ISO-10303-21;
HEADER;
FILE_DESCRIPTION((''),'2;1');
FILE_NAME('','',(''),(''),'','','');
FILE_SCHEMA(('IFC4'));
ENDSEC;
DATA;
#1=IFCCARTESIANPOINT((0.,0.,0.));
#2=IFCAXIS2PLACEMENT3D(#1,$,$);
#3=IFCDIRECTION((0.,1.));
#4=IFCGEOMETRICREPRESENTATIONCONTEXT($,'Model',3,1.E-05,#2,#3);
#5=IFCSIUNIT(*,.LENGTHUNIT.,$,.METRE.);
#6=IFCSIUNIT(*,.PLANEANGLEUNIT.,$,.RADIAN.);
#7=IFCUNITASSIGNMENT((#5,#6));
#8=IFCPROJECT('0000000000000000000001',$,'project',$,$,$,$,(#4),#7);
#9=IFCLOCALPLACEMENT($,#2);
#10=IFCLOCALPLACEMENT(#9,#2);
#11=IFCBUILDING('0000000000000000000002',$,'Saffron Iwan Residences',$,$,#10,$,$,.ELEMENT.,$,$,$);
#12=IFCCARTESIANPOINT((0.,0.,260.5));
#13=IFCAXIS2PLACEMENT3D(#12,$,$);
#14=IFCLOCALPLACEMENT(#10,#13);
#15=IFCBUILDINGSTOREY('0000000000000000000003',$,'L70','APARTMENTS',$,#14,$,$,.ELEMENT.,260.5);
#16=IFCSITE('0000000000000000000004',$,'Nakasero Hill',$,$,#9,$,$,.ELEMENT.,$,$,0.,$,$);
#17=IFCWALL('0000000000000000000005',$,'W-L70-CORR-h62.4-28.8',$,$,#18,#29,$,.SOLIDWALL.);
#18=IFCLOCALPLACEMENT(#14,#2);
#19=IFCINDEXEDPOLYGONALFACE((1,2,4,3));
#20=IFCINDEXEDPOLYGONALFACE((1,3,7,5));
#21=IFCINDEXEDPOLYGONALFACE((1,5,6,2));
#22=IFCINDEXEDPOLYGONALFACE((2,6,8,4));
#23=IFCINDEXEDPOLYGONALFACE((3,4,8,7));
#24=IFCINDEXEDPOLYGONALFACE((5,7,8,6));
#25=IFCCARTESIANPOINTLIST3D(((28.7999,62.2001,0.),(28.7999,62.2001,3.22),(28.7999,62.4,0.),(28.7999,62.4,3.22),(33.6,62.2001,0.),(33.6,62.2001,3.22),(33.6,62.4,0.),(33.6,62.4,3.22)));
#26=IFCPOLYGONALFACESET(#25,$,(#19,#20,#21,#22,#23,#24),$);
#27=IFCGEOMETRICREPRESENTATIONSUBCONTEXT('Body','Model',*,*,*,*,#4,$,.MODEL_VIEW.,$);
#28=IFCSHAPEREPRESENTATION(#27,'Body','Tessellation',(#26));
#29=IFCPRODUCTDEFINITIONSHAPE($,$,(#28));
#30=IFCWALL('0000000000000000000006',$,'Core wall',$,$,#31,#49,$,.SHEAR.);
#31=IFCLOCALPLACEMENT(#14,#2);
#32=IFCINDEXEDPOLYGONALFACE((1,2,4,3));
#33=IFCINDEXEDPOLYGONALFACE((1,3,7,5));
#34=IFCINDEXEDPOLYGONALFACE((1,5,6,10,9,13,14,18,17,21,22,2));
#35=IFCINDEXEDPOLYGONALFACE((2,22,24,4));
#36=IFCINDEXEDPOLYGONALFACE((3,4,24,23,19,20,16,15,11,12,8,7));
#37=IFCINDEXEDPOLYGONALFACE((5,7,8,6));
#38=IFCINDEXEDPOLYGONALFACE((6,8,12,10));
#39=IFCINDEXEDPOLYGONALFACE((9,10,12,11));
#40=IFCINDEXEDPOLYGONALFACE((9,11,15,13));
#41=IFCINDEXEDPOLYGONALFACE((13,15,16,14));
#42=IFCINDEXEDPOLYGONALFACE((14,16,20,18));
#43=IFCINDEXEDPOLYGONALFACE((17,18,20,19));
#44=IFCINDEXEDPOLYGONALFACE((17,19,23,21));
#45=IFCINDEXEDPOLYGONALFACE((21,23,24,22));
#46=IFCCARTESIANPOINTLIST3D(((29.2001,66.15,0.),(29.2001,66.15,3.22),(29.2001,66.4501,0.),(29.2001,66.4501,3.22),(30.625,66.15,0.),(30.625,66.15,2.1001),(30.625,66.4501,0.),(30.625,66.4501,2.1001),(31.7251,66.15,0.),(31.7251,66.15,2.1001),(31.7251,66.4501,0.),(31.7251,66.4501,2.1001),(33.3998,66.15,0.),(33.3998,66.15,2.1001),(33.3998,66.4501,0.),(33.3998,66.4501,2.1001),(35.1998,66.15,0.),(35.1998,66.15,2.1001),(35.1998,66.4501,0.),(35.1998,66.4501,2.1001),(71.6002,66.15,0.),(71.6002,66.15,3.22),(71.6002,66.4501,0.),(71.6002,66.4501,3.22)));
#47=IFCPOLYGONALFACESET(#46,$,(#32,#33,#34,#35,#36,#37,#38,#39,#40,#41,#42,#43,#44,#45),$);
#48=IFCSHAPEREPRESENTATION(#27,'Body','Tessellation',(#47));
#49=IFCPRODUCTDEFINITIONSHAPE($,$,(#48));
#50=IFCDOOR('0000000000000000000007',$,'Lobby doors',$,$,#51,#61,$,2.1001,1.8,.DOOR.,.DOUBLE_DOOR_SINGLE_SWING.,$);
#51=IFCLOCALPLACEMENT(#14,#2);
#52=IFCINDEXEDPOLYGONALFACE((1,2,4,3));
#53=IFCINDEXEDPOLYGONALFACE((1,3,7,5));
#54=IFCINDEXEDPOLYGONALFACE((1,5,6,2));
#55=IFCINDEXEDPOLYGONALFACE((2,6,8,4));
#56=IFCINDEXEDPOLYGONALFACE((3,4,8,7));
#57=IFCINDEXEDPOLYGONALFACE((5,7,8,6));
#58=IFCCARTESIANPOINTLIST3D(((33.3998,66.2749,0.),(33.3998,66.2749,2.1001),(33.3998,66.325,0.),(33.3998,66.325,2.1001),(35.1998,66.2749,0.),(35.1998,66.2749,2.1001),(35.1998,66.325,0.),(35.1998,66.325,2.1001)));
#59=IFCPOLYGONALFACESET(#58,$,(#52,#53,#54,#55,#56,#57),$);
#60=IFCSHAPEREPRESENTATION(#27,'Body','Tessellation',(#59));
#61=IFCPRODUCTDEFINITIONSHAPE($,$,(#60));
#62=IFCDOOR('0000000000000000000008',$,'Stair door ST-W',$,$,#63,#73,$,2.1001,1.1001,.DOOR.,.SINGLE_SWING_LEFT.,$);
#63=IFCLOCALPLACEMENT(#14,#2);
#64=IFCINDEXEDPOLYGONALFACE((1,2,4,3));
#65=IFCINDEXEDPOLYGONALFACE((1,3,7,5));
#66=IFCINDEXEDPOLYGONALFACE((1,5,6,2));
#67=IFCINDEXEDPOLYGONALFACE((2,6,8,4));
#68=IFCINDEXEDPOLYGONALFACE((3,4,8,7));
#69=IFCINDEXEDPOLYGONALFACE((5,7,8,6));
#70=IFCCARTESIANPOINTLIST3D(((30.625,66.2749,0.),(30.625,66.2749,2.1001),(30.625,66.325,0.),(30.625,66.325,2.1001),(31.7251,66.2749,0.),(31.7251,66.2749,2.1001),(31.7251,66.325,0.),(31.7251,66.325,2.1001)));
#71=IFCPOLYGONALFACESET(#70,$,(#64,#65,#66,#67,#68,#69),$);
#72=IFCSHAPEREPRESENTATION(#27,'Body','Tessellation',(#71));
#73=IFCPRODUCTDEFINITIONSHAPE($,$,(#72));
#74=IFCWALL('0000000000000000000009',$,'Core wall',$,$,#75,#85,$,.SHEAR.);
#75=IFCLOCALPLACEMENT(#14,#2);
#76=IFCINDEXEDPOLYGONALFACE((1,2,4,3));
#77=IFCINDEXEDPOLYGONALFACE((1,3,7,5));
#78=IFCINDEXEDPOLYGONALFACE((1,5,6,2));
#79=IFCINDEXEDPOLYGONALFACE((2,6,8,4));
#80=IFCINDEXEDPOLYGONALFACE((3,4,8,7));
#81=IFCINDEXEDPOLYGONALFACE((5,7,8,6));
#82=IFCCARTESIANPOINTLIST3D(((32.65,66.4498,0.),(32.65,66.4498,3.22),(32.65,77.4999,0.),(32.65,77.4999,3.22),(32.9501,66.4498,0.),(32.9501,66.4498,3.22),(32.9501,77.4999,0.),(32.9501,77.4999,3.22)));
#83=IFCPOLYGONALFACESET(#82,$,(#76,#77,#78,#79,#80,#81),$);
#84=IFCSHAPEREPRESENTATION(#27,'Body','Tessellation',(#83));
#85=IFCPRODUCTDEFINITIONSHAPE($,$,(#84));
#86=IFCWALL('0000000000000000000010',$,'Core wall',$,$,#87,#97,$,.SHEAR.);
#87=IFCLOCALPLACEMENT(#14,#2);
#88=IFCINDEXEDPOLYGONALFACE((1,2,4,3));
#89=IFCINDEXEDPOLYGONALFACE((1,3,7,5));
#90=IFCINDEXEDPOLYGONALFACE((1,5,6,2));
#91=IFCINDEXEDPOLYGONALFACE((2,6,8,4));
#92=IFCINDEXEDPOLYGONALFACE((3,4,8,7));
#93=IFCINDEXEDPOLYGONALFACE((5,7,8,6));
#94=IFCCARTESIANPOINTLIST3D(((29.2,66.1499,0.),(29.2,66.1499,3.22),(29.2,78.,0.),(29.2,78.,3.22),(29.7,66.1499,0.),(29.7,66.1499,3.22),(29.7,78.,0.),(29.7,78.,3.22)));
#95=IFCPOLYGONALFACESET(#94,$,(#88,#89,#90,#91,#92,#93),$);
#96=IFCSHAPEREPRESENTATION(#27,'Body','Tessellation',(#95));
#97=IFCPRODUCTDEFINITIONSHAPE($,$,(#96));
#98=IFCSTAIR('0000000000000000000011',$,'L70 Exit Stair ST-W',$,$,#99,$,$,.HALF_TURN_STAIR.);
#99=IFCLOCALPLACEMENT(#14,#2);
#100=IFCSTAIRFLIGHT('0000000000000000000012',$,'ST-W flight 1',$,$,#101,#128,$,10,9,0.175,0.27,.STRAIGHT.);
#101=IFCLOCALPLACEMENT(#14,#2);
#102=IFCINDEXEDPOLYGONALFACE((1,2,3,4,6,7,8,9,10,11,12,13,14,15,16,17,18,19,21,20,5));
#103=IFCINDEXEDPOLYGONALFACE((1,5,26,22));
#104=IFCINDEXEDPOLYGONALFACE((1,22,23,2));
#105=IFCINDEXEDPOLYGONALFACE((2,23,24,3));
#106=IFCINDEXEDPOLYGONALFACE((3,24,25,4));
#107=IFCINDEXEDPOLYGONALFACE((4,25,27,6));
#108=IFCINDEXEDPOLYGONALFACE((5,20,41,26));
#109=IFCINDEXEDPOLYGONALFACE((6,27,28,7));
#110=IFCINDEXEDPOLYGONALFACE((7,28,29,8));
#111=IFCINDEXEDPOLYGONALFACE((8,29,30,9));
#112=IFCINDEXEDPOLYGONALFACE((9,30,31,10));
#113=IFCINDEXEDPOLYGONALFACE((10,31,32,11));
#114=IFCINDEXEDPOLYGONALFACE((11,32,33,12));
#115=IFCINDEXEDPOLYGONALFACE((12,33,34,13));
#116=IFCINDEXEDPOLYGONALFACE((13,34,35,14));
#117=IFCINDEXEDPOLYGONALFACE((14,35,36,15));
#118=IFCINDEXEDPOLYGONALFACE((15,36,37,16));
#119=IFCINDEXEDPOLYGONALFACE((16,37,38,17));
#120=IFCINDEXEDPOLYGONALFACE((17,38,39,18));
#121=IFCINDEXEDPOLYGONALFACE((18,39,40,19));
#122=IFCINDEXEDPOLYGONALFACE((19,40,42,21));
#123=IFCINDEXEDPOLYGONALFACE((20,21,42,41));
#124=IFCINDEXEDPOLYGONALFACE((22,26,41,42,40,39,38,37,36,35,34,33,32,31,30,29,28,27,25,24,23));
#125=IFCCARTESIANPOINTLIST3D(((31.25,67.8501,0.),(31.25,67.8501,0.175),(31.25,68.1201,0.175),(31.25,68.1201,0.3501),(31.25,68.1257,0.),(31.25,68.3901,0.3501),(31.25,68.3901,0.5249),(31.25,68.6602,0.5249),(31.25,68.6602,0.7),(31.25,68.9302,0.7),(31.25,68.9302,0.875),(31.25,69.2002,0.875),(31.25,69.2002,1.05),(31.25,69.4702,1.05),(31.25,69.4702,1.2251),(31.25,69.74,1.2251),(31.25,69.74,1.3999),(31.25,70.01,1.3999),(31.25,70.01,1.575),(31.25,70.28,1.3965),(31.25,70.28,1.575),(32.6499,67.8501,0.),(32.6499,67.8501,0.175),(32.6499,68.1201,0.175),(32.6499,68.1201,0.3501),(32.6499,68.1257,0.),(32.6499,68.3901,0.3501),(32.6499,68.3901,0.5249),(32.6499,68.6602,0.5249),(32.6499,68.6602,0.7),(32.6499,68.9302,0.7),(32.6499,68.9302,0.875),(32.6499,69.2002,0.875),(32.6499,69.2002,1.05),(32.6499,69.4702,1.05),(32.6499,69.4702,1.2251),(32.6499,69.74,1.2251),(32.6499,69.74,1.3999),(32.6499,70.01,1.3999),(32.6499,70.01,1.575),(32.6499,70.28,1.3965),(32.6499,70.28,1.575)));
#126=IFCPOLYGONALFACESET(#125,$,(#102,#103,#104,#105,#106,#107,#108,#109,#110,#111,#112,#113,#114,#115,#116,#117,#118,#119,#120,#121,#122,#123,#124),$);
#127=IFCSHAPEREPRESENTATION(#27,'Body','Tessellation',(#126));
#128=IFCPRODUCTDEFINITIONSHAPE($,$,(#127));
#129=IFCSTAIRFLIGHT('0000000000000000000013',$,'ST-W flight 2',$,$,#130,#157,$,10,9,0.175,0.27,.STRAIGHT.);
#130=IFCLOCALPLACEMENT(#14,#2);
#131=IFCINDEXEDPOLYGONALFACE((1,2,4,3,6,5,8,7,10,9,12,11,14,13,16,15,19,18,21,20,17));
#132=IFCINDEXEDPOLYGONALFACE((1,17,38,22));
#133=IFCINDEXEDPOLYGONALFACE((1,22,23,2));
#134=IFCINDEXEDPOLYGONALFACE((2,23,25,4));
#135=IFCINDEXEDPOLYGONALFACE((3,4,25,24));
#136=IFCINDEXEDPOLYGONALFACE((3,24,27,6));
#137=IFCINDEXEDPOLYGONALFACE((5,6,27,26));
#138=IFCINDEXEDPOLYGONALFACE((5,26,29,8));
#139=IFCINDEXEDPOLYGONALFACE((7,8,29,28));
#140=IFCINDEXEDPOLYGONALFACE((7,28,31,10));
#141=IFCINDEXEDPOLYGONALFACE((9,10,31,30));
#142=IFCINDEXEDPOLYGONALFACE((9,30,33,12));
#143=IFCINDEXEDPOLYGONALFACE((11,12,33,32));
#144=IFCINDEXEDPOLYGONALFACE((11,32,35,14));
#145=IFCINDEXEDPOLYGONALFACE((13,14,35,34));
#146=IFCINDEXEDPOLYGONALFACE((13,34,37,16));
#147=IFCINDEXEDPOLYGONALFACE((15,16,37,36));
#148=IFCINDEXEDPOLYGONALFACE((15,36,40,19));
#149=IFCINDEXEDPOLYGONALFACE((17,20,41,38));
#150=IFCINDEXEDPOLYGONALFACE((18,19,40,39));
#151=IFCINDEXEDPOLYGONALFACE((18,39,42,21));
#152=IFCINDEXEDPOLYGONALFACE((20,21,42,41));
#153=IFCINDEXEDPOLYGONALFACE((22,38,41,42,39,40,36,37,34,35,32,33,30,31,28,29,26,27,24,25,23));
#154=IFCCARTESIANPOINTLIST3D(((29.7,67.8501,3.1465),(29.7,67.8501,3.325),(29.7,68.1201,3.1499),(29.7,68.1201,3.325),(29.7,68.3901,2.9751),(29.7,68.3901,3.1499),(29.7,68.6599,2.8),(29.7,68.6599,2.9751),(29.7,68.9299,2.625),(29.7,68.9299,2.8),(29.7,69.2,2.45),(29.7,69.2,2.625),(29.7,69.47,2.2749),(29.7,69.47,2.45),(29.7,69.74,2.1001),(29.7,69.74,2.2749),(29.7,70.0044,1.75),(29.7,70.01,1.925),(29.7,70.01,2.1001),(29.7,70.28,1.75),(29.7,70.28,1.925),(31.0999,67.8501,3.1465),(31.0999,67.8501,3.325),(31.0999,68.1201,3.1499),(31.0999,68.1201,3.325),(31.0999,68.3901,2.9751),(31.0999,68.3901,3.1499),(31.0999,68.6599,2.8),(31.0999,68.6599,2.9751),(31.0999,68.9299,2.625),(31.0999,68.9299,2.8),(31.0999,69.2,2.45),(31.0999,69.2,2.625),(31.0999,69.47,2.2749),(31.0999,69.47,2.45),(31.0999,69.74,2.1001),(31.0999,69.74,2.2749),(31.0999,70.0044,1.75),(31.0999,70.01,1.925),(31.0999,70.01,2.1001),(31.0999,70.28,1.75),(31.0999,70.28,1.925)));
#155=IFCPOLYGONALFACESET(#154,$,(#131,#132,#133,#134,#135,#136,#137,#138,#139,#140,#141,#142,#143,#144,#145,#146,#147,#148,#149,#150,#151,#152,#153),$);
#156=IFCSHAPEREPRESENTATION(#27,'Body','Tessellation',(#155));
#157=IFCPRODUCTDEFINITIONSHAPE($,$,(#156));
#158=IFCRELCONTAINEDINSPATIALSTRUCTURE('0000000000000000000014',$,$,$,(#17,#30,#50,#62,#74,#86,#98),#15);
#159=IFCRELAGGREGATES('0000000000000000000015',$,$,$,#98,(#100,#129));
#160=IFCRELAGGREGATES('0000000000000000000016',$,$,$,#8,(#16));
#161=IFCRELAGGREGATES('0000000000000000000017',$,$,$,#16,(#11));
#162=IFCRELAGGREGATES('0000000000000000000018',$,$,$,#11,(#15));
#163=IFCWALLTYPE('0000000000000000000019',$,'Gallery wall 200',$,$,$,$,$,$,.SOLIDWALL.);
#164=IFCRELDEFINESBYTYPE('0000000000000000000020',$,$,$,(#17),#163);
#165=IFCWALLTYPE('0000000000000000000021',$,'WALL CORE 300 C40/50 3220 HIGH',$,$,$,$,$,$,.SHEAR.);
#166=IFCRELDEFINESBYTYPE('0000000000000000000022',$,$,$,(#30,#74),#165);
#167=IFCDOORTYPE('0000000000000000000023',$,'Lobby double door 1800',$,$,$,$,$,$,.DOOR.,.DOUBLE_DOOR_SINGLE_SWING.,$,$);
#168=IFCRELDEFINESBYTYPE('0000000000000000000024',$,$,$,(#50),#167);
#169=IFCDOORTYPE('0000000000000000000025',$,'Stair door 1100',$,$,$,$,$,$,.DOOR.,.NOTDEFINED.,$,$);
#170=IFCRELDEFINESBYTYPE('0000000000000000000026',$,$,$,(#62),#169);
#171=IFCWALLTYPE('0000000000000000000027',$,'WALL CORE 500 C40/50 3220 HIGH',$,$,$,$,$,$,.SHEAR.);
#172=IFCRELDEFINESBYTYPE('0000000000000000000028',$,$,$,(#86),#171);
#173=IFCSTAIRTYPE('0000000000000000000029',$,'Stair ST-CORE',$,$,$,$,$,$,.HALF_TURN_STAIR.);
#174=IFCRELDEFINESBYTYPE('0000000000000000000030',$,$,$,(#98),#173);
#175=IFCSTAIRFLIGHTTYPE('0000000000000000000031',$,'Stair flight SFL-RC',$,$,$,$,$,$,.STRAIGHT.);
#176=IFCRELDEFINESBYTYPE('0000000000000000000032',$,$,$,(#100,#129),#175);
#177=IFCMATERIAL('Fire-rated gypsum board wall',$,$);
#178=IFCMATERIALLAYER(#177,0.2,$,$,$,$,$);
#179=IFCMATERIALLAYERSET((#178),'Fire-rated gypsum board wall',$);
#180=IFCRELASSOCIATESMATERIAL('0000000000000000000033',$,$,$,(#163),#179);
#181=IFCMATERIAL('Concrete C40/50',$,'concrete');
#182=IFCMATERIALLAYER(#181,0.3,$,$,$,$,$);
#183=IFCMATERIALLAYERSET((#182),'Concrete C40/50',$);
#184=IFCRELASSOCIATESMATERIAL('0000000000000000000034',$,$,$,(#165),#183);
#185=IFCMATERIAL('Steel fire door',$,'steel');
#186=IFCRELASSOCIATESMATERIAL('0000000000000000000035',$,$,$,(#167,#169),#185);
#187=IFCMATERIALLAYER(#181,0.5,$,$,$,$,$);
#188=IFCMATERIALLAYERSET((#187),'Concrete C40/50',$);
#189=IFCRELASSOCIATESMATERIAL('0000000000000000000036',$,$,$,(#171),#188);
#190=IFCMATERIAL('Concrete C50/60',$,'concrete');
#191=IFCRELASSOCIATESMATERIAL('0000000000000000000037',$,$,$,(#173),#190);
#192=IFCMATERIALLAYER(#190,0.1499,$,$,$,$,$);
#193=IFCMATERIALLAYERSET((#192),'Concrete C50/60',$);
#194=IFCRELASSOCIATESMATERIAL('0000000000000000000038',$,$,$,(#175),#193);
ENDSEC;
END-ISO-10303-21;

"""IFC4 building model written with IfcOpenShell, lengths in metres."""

from ifc_helpers import new_model, si_unit, direction, frame, frame_2d, origin, place, context, subcontext, project, spatial, polyline, rectangle, outline, extrude, material, layer, layer_set, type_object, element, fill, aggregate, save


model = new_model("IFC4")

# Units and contexts
model_context = context("Model", 3, precision=1e-05, world=origin(), true_north=direction((0.0, 1.0)))
body_context = subcontext(model_context, "Body", "Model", "MODEL_VIEW")
ifc_project = project(units=[si_unit("LENGTHUNIT", "METRE"), si_unit("PLANEANGLEUNIT", "RADIAN")], contexts=[model_context])

# Site, building, storey
site_placement = place(None, origin())
site = spatial("IfcSite", under=ifc_project, at=site_placement, Name="Nakasero Hill", CompositionType="ELEMENT", RefElevation=0.0)
building_placement = place(site_placement, origin())
building = spatial("IfcBuilding", under=site, at=building_placement, Name="Saffron Iwan Residences", CompositionType="ELEMENT")
storey_placement = place(building_placement, frame((0.0, 0.0, 260.5)))
storey = spatial("IfcBuildingStorey", under=building, at=storey_placement, Name="L70", Description="APARTMENTS", CompositionType="ELEMENT", Elevation=260.5)

# Wall
ifc_material_1 = material(Name="Fire-rated gypsum board wall")
ifc_layer_1 = layer(ifc_material_1, 0.2)
ifc_layer_set_1 = layer_set([ifc_layer_1], Name="Fire-rated gypsum board wall")
wall_type_1 = type_object("IfcWallType", Name="Gallery wall 200", PredefinedType="SOLIDWALL", material=ifc_layer_set_1)
wall_1_placement = place(storey_placement, frame((28.8, 62.3, 0.0), z_axis=(0.0, 0.0, 1.0), x_axis=(1.0, 0.0, 0.0)))
element("IfcWall", 1, at=wall_1_placement, inside=storey, type_object=wall_type_1, Name="W-L70-CORR-h62.4-28.8", PredefinedType="SOLIDWALL", context=body_context, shape_type="SweptSolid", body=[
    extrude(rectangle(XDim=4.8, YDim=0.2, at=frame_2d((2.3999, 0.0))), origin(), (0.0, 0.0, 1.0), 3.22),
])

# Wall, openings, doors
ifc_material_2 = material(Name="Concrete C40/50", Category="concrete")
ifc_layer_2 = layer(ifc_material_2, 0.3)
ifc_layer_set_2 = layer_set([ifc_layer_2], Name="Concrete C40/50")
wall_type_2 = type_object("IfcWallType", Name="WALL CORE 300 C40/50 3220 HIGH", PredefinedType="SHEAR", material=ifc_layer_set_2)
wall_2_placement = place(storey_placement, frame((29.2, 66.3, 0.0), z_axis=(0.0, 0.0, 1.0), x_axis=(1.0, 0.0, 0.0)))
wall_2 = element("IfcWall", 2, at=wall_2_placement, inside=storey, type_object=wall_type_2, Name="Core wall", PredefinedType="SHEAR", context=body_context, shape_type="SweptSolid", body=[
    extrude(rectangle(XDim=42.4001, YDim=0.3, at=frame_2d((21.2002, 0.0))), origin(), (0.0, 0.0, 1.0), 3.22),
])
opening_1_placement = place(wall_2_placement, frame((1.425, 0.0, 0.0)))
opening_1 = element("IfcOpeningElement", 3, at=opening_1_placement, cuts=wall_2, PredefinedType="OPENING", context=body_context, shape_type="SweptSolid", body=[
    extrude(rectangle(XDim=1.1001, YDim=2.1001, at=frame_2d((0.55, 1.05))), frame((0.0, 0.1602, 0.0), z_axis=(0.0, -1.0, 0.0), x_axis=(1.0, 0.0, 0.0)), (0.0, 0.0, 1.0), 0.3201),
])
opening_2_placement = place(wall_2_placement, frame((4.2, 0.0, 0.0)))
opening_2 = element("IfcOpeningElement", 4, at=opening_2_placement, cuts=wall_2, PredefinedType="OPENING", context=body_context, shape_type="SweptSolid", body=[
    extrude(rectangle(XDim=1.8, YDim=2.1001, at=frame_2d((0.8999, 1.05))), frame((0.0, 0.1602, 0.0), z_axis=(0.0, -1.0, 0.0), x_axis=(1.0, 0.0, 0.0)), (0.0, 0.0, 1.0), 0.3201),
])
ifc_material_3 = material(Name="Steel fire door", Category="steel")
door_type_1 = type_object("IfcDoorType", Name="Lobby double door 1800", OperationType="DOUBLE_DOOR_SINGLE_SWING", PredefinedType="DOOR", material=ifc_material_3)
door_1_placement = place(opening_2_placement, origin())
door_1 = element("IfcDoor", 5, at=door_1_placement, inside=storey, type_object=door_type_1, Name="Lobby doors", OperationType="DOUBLE_DOOR_SINGLE_SWING", OverallHeight=2.1001, OverallWidth=1.8, PredefinedType="DOOR", context=body_context, shape_type="SweptSolid", body=[
    extrude(rectangle(XDim=1.8, YDim=2.1001, at=frame_2d((0.8999, 1.05))), frame((0.0, 0.0249, 0.0), z_axis=(0.0, -1.0, 0.0), x_axis=(1.0, 0.0, 0.0)), (0.0, 0.0, 1.0), 0.05),
])
fill(opening_2, door_1)
door_type_2 = type_object("IfcDoorType", Name="Stair door 1100", OperationType="NOTDEFINED", PredefinedType="DOOR", material=ifc_material_3)
door_2_placement = place(opening_1_placement, origin())
door_2 = element("IfcDoor", 6, at=door_2_placement, inside=storey, type_object=door_type_2, Name="Stair door ST-W", OperationType="SINGLE_SWING_LEFT", OverallHeight=2.1001, OverallWidth=1.1001, PredefinedType="DOOR", context=body_context, shape_type="SweptSolid", body=[
    extrude(rectangle(XDim=1.1001, YDim=2.1001, at=frame_2d((0.55, 1.05))), frame((0.0, 0.0249, 0.0), z_axis=(0.0, -1.0, 0.0), x_axis=(1.0, 0.0, 0.0)), (0.0, 0.0, 1.0), 0.05),
])
fill(opening_1, door_2)

# Walls
wall_3_placement = place(storey_placement, frame((32.8, 66.45, 0.0), z_axis=(0.0, 0.0, 1.0), x_axis=(0.0, 1.0, 0.0)))
element("IfcWall", 7, at=wall_3_placement, inside=storey, type_object=wall_type_2, Name="Core wall", PredefinedType="SHEAR", context=body_context, shape_type="SweptSolid", body=[
    extrude(rectangle(XDim=11.05, YDim=0.3, at=frame_2d((5.5249, 0.0))), origin(), (0.0, 0.0, 1.0), 3.22),
])
ifc_layer_3 = layer(ifc_material_2, 0.5)
ifc_layer_set_3 = layer_set([ifc_layer_3], Name="Concrete C40/50")
wall_type_3 = type_object("IfcWallType", Name="WALL CORE 500 C40/50 3220 HIGH", PredefinedType="SHEAR", material=ifc_layer_set_3)
wall_4_placement = place(storey_placement, frame((29.45, 66.1499, 0.0), z_axis=(0.0, 0.0, 1.0), x_axis=(0.0, 1.0, 0.0)))
element("IfcWall", 8, at=wall_4_placement, inside=storey, type_object=wall_type_3, Name="Core wall", PredefinedType="SHEAR", context=body_context, shape_type="SweptSolid", body=[
    extrude(rectangle(XDim=11.8501, YDim=0.5, at=frame_2d((5.925, 0.0))), origin(), (0.0, 0.0, 1.0), 3.22),
])

# Stair, stair flights
ifc_material_4 = material(Name="Concrete C50/60", Category="concrete")
stair_type = type_object("IfcStairType", Name="Stair ST-CORE", PredefinedType="HALF_TURN_STAIR", material=ifc_material_4)
stair_placement = place(storey_placement, origin())
stair = element("IfcStair", 9, at=stair_placement, inside=storey, type_object=stair_type, Name="L70 Exit Stair ST-W", PredefinedType="HALF_TURN_STAIR")
ifc_layer_4 = layer(ifc_material_4, 0.1499)
ifc_layer_set_4 = layer_set([ifc_layer_4], Name="Concrete C50/60")
stair_flight_type = type_object("IfcStairFlightType", Name="Stair flight SFL-RC", PredefinedType="STRAIGHT", material=ifc_layer_set_4)
stair_flight_1_placement = place(storey_placement, frame((31.95, 67.8501, 0.0), z_axis=(0.0, 0.0, 1.0), x_axis=(0.0, 1.0, 0.0)))
stair_flight_1 = element("IfcStairFlight", 10, at=stair_flight_1_placement, type_object=stair_flight_type, Name="ST-W flight 1", NumberOfRisers=10, NumberOfTreads=9, PredefinedType="STRAIGHT", RiserHeight=0.175, TreadLength=0.27, context=body_context, shape_type="SweptSolid", body=[
    extrude(outline(polyline([(0.0, 0.0), (0.0, 0.175), (0.27, 0.175), (0.27, 0.3501), (0.54, 0.3501), (0.54, 0.5249), (0.8101, 0.5249), (0.8101, 0.7), (1.0801, 0.7), (1.0801, 0.875), (1.3501, 0.875), (1.3501, 1.05), (1.6201, 1.05), (1.6201, 1.2251), (1.8899, 1.2251), (1.8899, 1.3999), (2.1599, 1.3999), (2.1599, 1.575), (2.4299, 1.575), (2.4299, 1.75), (2.4299, 1.3965), (0.2756, 0.0), (0.0, 0.0)])), frame((0.0, 0.7, 0.0), z_axis=(0.0, -1.0, 0.0), x_axis=(1.0, 0.0, 0.0)), (0.0, 0.0, 1.0), 1.3999),
])
stair_flight_2_placement = place(storey_placement, frame((30.3999, 70.28, 1.75), z_axis=(0.0, 0.0, 1.0), x_axis=(0.0, -1.0, 0.0)))
stair_flight_2 = element("IfcStairFlight", 11, at=stair_flight_2_placement, type_object=stair_flight_type, Name="ST-W flight 2", NumberOfRisers=10, NumberOfTreads=9, PredefinedType="STRAIGHT", RiserHeight=0.175, TreadLength=0.27, context=body_context, shape_type="SweptSolid", body=[
    extrude(outline(polyline([(0.0, 0.0), (0.0, 0.175), (0.27, 0.175), (0.27, 0.3501), (0.54, 0.3501), (0.54, 0.5249), (0.8101, 0.5249), (0.8101, 0.7), (1.0801, 0.7), (1.0801, 0.875), (1.3501, 0.875), (1.3501, 1.05), (1.6201, 1.05), (1.6201, 1.2251), (1.8899, 1.2251), (1.8899, 1.3999), (2.1599, 1.3999), (2.1599, 1.575), (2.4299, 1.575), (2.4299, 1.75), (2.4299, 1.3965), (0.2756, 0.0), (0.0, 0.0)])), frame((0.0, 0.7, 0.0), z_axis=(0.0, -1.0, 0.0), x_axis=(1.0, 0.0, 0.0)), (0.0, 0.0, 1.0), 1.3999),
])
aggregate(stair, [stair_flight_1, stair_flight_2])

save(model, "model.ifc")
